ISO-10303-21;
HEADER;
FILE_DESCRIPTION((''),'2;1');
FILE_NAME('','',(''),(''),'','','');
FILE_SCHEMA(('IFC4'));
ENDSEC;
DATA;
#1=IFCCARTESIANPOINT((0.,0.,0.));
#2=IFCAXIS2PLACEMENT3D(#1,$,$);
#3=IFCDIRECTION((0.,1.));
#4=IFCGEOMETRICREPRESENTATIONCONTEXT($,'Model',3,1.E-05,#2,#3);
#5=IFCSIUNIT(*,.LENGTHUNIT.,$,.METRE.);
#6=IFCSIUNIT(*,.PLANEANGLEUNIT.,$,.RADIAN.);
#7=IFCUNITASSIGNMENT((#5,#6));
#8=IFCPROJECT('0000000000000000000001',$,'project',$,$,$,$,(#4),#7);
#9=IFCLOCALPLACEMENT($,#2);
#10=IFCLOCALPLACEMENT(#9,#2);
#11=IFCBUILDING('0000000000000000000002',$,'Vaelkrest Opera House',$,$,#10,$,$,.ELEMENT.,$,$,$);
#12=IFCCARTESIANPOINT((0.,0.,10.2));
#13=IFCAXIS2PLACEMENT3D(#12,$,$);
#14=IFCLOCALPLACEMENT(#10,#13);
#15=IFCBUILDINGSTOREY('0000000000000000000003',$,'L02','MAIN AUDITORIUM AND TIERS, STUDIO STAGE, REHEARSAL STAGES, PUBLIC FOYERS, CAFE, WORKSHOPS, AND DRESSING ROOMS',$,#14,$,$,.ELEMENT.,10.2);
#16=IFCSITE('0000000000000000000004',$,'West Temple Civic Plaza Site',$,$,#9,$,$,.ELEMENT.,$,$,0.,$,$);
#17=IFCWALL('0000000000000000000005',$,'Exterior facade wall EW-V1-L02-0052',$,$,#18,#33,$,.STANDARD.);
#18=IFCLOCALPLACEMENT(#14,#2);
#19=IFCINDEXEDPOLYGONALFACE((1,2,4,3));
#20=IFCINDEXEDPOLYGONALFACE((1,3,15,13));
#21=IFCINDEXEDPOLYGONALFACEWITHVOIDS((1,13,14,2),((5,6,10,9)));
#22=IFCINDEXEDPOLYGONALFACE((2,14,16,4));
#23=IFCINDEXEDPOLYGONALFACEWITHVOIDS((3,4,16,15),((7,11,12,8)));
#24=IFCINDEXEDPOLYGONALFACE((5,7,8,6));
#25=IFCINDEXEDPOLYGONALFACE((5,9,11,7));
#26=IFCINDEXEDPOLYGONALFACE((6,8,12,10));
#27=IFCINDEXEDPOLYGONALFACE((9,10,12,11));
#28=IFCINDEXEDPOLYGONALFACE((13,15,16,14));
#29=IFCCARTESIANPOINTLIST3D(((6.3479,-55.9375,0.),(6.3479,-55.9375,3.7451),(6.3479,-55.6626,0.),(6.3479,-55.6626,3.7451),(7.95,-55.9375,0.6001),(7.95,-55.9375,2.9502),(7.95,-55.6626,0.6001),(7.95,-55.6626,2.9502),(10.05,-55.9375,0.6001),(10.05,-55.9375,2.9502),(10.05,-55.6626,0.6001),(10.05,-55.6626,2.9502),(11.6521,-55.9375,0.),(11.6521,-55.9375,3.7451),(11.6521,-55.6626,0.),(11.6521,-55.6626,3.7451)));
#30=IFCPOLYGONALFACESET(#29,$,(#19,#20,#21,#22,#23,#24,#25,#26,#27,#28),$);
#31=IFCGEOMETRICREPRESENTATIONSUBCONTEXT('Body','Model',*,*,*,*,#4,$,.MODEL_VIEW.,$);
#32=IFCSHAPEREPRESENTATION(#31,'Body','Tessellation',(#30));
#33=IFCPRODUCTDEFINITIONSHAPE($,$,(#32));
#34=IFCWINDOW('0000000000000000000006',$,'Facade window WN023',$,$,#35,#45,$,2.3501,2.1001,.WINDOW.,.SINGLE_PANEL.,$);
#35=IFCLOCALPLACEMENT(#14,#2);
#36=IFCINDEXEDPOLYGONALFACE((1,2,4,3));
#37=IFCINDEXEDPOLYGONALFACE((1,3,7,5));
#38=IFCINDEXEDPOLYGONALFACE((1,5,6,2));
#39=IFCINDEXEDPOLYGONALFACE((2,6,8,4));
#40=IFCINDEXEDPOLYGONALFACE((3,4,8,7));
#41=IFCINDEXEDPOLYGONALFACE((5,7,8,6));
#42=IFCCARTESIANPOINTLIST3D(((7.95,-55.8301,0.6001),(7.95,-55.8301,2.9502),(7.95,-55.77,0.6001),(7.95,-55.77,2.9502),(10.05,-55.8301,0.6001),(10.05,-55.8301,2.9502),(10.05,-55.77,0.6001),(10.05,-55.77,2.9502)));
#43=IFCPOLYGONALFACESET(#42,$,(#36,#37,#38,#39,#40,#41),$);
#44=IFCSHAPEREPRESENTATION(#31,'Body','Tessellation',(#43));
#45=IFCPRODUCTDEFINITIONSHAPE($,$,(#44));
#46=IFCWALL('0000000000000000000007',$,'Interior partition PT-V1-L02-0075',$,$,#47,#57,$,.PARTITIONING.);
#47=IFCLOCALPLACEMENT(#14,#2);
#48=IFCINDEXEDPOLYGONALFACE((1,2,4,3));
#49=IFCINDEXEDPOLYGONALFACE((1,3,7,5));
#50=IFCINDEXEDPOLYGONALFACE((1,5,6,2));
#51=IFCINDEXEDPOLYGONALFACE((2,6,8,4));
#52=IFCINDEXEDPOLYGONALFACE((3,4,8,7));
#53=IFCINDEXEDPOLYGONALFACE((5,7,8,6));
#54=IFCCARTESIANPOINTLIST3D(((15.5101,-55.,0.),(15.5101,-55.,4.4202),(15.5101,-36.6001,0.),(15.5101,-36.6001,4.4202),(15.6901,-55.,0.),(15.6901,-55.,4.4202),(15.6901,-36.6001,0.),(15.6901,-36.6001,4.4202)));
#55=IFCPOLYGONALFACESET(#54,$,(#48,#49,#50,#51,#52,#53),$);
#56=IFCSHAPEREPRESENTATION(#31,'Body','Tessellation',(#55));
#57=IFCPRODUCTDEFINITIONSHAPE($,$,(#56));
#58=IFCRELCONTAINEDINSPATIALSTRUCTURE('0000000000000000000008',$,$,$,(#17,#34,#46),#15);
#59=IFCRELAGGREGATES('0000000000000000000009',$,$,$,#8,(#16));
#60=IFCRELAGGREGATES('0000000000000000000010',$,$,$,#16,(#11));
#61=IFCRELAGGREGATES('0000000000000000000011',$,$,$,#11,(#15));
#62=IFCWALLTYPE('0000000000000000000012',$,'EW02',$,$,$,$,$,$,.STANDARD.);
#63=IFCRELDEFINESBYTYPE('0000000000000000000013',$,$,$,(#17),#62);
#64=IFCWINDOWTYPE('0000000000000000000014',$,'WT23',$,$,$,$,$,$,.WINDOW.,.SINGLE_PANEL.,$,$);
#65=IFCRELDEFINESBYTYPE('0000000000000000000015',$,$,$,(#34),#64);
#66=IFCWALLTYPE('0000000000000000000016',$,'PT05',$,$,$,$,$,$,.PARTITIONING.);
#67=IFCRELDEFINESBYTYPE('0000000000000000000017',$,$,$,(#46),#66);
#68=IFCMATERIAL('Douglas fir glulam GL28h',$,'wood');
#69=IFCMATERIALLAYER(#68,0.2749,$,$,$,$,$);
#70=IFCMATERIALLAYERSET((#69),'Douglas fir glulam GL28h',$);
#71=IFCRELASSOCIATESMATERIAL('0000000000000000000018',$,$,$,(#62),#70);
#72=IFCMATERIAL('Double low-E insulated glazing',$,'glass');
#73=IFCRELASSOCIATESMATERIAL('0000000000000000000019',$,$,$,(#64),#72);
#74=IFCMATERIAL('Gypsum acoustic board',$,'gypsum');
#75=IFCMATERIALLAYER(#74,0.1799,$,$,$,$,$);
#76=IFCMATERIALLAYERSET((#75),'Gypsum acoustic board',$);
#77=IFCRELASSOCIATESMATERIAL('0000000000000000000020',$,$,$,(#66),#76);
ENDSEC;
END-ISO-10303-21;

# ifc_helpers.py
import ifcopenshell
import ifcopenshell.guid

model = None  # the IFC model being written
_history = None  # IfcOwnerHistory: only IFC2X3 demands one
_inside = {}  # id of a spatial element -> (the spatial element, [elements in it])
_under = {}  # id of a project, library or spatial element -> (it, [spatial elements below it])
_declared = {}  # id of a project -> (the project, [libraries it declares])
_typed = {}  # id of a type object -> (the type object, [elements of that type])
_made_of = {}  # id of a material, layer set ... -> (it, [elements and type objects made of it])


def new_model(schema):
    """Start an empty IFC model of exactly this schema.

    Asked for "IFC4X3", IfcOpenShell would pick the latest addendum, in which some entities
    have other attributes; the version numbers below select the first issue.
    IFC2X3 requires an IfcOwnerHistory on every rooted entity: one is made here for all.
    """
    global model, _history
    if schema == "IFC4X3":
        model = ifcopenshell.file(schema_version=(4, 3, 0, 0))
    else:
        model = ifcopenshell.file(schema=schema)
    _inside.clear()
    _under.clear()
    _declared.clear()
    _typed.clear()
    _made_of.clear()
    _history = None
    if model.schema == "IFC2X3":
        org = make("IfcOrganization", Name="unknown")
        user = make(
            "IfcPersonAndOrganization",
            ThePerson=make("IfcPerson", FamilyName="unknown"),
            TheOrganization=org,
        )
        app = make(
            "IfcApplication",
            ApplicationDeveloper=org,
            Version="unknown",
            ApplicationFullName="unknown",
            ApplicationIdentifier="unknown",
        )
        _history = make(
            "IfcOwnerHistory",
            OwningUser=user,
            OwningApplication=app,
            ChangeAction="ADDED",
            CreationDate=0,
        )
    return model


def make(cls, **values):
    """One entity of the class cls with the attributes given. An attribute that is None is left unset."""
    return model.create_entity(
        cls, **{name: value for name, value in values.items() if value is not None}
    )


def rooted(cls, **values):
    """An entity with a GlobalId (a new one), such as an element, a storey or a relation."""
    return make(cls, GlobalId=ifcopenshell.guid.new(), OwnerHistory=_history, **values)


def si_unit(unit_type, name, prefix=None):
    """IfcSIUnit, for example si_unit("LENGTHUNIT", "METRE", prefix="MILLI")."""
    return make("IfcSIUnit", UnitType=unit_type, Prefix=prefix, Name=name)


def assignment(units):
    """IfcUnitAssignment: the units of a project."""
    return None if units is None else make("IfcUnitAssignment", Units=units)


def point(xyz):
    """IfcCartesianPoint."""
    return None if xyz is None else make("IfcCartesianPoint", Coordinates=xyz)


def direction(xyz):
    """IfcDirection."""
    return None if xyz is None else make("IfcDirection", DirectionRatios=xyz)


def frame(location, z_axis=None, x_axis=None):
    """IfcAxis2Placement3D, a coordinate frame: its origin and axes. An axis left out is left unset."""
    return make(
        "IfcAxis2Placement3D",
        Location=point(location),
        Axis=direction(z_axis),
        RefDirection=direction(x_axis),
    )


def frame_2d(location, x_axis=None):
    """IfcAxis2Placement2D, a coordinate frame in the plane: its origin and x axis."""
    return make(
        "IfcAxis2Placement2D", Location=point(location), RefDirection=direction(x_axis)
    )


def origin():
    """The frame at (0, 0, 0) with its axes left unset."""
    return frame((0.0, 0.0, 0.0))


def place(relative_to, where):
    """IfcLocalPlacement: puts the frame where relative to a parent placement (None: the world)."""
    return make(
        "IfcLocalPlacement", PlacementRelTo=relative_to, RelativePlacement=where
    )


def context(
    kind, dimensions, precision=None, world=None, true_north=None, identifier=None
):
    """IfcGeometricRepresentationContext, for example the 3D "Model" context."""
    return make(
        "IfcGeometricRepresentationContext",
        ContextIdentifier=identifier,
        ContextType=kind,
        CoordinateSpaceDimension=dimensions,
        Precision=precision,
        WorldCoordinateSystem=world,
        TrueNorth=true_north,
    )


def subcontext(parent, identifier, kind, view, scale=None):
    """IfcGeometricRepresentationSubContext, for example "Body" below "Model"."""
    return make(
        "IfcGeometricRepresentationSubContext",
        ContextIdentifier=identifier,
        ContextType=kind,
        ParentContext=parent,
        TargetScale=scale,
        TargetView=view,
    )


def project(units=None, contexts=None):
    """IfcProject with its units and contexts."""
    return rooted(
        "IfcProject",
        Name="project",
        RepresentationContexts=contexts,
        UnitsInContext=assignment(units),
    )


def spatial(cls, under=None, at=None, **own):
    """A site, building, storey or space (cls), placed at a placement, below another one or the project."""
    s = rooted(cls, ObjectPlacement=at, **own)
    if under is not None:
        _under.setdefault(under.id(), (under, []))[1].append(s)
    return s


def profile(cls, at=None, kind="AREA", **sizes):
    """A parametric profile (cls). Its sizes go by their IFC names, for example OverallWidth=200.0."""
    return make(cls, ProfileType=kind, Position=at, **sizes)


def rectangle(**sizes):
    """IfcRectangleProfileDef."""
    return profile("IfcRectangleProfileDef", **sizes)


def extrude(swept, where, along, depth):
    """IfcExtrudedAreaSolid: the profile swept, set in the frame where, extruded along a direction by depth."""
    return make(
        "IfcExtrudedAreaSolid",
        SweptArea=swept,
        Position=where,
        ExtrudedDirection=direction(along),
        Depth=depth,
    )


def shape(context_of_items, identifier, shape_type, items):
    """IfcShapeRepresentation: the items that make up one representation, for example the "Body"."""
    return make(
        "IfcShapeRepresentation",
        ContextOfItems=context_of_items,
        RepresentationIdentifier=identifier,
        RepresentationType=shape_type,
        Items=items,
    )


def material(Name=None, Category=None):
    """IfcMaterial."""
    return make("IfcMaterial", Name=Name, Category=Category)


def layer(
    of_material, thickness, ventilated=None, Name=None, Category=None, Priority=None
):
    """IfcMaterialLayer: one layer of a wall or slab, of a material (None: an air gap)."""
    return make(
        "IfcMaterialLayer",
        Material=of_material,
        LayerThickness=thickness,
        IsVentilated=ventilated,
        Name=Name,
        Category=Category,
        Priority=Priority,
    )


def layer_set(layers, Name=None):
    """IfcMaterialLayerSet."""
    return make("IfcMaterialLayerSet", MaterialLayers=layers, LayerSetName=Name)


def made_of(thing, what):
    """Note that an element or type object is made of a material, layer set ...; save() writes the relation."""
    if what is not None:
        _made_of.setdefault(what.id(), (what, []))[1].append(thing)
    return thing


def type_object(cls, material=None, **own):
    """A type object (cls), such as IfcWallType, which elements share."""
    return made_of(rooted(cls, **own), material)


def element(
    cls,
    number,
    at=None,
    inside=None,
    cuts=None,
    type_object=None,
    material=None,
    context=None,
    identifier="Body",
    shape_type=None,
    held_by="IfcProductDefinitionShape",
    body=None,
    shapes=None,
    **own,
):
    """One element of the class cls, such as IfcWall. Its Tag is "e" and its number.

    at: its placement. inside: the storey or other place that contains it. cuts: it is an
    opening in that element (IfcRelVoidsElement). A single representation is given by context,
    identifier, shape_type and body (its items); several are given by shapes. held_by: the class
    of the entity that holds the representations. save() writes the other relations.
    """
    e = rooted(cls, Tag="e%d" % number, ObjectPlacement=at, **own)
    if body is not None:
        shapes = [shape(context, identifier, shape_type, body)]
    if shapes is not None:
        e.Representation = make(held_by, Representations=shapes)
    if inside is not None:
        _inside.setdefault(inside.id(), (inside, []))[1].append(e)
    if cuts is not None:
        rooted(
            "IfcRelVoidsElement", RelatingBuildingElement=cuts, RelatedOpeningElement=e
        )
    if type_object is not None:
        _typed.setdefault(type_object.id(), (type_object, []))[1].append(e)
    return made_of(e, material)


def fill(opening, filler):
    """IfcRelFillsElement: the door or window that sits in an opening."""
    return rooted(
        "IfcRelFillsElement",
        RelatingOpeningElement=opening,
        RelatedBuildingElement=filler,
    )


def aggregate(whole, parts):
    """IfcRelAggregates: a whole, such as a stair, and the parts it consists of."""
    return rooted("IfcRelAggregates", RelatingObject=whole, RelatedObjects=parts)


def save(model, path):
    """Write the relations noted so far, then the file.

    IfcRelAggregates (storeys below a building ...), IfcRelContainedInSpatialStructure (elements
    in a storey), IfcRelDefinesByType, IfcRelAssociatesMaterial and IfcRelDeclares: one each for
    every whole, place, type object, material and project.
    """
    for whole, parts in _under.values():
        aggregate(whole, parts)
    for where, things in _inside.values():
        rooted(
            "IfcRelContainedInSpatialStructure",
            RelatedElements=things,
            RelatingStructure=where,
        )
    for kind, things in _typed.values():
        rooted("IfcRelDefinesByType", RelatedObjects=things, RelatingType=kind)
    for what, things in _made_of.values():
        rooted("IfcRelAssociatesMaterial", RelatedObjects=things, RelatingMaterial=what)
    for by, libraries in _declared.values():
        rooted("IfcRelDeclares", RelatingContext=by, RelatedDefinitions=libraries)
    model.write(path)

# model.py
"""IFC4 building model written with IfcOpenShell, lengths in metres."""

from ifc_helpers import new_model, si_unit, direction, frame, frame_2d, origin, place, context, subcontext, project, spatial, rectangle, extrude, material, layer, layer_set, type_object, element, fill, save


model = new_model("IFC4")

# Units and contexts
model_context = context("Model", 3, precision=1e-05, world=origin(), true_north=direction((0.0, 1.0)))
body_context = subcontext(model_context, "Body", "Model", "MODEL_VIEW")
ifc_project = project(units=[si_unit("LENGTHUNIT", "METRE"), si_unit("PLANEANGLEUNIT", "RADIAN")], contexts=[model_context])

# Site, building, storey
site_placement = place(None, origin())
site = spatial("IfcSite", under=ifc_project, at=site_placement, Name="West Temple Civic Plaza Site", CompositionType="ELEMENT", RefElevation=0.0)
building_placement = place(site_placement, origin())
building = spatial("IfcBuilding", under=site, at=building_placement, Name="Vaelkrest Opera House", CompositionType="ELEMENT")
storey_placement = place(building_placement, frame((0.0, 0.0, 10.2)))
storey = spatial("IfcBuildingStorey", under=building, at=storey_placement, Name="L02", Description="MAIN AUDITORIUM AND TIERS, STUDIO STAGE, REHEARSAL STAGES, PUBLIC FOYERS, CAFE, WORKSHOPS, AND DRESSING ROOMS", CompositionType="ELEMENT", Elevation=10.2)

# Shared definitions
ifc_material_1 = material(Name="Double low-E insulated glazing", Category="glass")

# Wall, opening, window
ifc_material_2 = material(Name="Douglas fir glulam GL28h", Category="wood")
ifc_layer_1 = layer(ifc_material_2, 0.2749)
ifc_layer_set_1 = layer_set([ifc_layer_1], Name="Douglas fir glulam GL28h")
wall_type_1 = type_object("IfcWallType", Name="EW02", PredefinedType="STANDARD", material=ifc_layer_set_1)
wall_1_placement = place(storey_placement, frame((11.6521, -55.8, 0.0), z_axis=(0.0, 0.0, 1.0), x_axis=(-1.0, 0.0, 0.0)))
wall_1 = element("IfcWall", 1, at=wall_1_placement, inside=storey, type_object=wall_type_1, Name="Exterior facade wall EW-V1-L02-0052", PredefinedType="STANDARD", context=body_context, shape_type="SweptSolid", body=[
    extrude(rectangle(XDim=5.3042, YDim=0.2749, at=frame_2d((2.6521, 0.0))), origin(), (0.0, 0.0, 1.0), 3.7451),
])
opening_placement = place(wall_1_placement, frame((1.6021, 0.0, 0.6001)))
opening = element("IfcOpeningElement", 2, at=opening_placement, cuts=wall_1, PredefinedType="OPENING", context=body_context, shape_type="SweptSolid", body=[
    extrude(rectangle(XDim=2.1001, YDim=2.3501, at=frame_2d((1.05, 1.175))), frame((0.0, 0.1475, 0.0), z_axis=(0.0, -1.0, 0.0), x_axis=(1.0, 0.0, 0.0)), (0.0, 0.0, 1.0), 0.2949),
])
window_type = type_object("IfcWindowType", Name="WT23", PartitioningType="SINGLE_PANEL", PredefinedType="WINDOW", material=ifc_material_1)
window_placement = place(opening_placement, origin())
window = element("IfcWindow", 3, at=window_placement, inside=storey, type_object=window_type, Name="Facade window WN023", OverallHeight=2.3501, OverallWidth=2.1001, PartitioningType="SINGLE_PANEL", PredefinedType="WINDOW", context=body_context, shape_type="SweptSolid", body=[
    extrude(rectangle(XDim=2.1001, YDim=2.3501, at=frame_2d((1.05, 1.175))), frame((0.0, 0.03, 0.0), z_axis=(0.0, -1.0, 0.0), x_axis=(1.0, 0.0, 0.0)), (0.0, 0.0, 1.0), 0.0601),
])
fill(opening, window)

# Wall
ifc_material_3 = material(Name="Gypsum acoustic board", Category="gypsum")
ifc_layer_2 = layer(ifc_material_3, 0.1799)
ifc_layer_set_2 = layer_set([ifc_layer_2], Name="Gypsum acoustic board")
wall_type_2 = type_object("IfcWallType", Name="PT05", PredefinedType="PARTITIONING", material=ifc_layer_set_2)
wall_2_placement = place(storey_placement, frame((15.6001, -55.0, 0.0), z_axis=(0.0, 0.0, 1.0), x_axis=(0.0, 1.0, 0.0)))
element("IfcWall", 4, at=wall_2_placement, inside=storey, type_object=wall_type_2, Name="Interior partition PT-V1-L02-0075", PredefinedType="PARTITIONING", context=body_context, shape_type="SweptSolid", body=[
    extrude(rectangle(XDim=18.3999, YDim=0.1799, at=frame_2d((9.2, 0.0))), origin(), (0.0, 0.0, 1.0), 4.4202),
])

save(model, "model.ifc")
